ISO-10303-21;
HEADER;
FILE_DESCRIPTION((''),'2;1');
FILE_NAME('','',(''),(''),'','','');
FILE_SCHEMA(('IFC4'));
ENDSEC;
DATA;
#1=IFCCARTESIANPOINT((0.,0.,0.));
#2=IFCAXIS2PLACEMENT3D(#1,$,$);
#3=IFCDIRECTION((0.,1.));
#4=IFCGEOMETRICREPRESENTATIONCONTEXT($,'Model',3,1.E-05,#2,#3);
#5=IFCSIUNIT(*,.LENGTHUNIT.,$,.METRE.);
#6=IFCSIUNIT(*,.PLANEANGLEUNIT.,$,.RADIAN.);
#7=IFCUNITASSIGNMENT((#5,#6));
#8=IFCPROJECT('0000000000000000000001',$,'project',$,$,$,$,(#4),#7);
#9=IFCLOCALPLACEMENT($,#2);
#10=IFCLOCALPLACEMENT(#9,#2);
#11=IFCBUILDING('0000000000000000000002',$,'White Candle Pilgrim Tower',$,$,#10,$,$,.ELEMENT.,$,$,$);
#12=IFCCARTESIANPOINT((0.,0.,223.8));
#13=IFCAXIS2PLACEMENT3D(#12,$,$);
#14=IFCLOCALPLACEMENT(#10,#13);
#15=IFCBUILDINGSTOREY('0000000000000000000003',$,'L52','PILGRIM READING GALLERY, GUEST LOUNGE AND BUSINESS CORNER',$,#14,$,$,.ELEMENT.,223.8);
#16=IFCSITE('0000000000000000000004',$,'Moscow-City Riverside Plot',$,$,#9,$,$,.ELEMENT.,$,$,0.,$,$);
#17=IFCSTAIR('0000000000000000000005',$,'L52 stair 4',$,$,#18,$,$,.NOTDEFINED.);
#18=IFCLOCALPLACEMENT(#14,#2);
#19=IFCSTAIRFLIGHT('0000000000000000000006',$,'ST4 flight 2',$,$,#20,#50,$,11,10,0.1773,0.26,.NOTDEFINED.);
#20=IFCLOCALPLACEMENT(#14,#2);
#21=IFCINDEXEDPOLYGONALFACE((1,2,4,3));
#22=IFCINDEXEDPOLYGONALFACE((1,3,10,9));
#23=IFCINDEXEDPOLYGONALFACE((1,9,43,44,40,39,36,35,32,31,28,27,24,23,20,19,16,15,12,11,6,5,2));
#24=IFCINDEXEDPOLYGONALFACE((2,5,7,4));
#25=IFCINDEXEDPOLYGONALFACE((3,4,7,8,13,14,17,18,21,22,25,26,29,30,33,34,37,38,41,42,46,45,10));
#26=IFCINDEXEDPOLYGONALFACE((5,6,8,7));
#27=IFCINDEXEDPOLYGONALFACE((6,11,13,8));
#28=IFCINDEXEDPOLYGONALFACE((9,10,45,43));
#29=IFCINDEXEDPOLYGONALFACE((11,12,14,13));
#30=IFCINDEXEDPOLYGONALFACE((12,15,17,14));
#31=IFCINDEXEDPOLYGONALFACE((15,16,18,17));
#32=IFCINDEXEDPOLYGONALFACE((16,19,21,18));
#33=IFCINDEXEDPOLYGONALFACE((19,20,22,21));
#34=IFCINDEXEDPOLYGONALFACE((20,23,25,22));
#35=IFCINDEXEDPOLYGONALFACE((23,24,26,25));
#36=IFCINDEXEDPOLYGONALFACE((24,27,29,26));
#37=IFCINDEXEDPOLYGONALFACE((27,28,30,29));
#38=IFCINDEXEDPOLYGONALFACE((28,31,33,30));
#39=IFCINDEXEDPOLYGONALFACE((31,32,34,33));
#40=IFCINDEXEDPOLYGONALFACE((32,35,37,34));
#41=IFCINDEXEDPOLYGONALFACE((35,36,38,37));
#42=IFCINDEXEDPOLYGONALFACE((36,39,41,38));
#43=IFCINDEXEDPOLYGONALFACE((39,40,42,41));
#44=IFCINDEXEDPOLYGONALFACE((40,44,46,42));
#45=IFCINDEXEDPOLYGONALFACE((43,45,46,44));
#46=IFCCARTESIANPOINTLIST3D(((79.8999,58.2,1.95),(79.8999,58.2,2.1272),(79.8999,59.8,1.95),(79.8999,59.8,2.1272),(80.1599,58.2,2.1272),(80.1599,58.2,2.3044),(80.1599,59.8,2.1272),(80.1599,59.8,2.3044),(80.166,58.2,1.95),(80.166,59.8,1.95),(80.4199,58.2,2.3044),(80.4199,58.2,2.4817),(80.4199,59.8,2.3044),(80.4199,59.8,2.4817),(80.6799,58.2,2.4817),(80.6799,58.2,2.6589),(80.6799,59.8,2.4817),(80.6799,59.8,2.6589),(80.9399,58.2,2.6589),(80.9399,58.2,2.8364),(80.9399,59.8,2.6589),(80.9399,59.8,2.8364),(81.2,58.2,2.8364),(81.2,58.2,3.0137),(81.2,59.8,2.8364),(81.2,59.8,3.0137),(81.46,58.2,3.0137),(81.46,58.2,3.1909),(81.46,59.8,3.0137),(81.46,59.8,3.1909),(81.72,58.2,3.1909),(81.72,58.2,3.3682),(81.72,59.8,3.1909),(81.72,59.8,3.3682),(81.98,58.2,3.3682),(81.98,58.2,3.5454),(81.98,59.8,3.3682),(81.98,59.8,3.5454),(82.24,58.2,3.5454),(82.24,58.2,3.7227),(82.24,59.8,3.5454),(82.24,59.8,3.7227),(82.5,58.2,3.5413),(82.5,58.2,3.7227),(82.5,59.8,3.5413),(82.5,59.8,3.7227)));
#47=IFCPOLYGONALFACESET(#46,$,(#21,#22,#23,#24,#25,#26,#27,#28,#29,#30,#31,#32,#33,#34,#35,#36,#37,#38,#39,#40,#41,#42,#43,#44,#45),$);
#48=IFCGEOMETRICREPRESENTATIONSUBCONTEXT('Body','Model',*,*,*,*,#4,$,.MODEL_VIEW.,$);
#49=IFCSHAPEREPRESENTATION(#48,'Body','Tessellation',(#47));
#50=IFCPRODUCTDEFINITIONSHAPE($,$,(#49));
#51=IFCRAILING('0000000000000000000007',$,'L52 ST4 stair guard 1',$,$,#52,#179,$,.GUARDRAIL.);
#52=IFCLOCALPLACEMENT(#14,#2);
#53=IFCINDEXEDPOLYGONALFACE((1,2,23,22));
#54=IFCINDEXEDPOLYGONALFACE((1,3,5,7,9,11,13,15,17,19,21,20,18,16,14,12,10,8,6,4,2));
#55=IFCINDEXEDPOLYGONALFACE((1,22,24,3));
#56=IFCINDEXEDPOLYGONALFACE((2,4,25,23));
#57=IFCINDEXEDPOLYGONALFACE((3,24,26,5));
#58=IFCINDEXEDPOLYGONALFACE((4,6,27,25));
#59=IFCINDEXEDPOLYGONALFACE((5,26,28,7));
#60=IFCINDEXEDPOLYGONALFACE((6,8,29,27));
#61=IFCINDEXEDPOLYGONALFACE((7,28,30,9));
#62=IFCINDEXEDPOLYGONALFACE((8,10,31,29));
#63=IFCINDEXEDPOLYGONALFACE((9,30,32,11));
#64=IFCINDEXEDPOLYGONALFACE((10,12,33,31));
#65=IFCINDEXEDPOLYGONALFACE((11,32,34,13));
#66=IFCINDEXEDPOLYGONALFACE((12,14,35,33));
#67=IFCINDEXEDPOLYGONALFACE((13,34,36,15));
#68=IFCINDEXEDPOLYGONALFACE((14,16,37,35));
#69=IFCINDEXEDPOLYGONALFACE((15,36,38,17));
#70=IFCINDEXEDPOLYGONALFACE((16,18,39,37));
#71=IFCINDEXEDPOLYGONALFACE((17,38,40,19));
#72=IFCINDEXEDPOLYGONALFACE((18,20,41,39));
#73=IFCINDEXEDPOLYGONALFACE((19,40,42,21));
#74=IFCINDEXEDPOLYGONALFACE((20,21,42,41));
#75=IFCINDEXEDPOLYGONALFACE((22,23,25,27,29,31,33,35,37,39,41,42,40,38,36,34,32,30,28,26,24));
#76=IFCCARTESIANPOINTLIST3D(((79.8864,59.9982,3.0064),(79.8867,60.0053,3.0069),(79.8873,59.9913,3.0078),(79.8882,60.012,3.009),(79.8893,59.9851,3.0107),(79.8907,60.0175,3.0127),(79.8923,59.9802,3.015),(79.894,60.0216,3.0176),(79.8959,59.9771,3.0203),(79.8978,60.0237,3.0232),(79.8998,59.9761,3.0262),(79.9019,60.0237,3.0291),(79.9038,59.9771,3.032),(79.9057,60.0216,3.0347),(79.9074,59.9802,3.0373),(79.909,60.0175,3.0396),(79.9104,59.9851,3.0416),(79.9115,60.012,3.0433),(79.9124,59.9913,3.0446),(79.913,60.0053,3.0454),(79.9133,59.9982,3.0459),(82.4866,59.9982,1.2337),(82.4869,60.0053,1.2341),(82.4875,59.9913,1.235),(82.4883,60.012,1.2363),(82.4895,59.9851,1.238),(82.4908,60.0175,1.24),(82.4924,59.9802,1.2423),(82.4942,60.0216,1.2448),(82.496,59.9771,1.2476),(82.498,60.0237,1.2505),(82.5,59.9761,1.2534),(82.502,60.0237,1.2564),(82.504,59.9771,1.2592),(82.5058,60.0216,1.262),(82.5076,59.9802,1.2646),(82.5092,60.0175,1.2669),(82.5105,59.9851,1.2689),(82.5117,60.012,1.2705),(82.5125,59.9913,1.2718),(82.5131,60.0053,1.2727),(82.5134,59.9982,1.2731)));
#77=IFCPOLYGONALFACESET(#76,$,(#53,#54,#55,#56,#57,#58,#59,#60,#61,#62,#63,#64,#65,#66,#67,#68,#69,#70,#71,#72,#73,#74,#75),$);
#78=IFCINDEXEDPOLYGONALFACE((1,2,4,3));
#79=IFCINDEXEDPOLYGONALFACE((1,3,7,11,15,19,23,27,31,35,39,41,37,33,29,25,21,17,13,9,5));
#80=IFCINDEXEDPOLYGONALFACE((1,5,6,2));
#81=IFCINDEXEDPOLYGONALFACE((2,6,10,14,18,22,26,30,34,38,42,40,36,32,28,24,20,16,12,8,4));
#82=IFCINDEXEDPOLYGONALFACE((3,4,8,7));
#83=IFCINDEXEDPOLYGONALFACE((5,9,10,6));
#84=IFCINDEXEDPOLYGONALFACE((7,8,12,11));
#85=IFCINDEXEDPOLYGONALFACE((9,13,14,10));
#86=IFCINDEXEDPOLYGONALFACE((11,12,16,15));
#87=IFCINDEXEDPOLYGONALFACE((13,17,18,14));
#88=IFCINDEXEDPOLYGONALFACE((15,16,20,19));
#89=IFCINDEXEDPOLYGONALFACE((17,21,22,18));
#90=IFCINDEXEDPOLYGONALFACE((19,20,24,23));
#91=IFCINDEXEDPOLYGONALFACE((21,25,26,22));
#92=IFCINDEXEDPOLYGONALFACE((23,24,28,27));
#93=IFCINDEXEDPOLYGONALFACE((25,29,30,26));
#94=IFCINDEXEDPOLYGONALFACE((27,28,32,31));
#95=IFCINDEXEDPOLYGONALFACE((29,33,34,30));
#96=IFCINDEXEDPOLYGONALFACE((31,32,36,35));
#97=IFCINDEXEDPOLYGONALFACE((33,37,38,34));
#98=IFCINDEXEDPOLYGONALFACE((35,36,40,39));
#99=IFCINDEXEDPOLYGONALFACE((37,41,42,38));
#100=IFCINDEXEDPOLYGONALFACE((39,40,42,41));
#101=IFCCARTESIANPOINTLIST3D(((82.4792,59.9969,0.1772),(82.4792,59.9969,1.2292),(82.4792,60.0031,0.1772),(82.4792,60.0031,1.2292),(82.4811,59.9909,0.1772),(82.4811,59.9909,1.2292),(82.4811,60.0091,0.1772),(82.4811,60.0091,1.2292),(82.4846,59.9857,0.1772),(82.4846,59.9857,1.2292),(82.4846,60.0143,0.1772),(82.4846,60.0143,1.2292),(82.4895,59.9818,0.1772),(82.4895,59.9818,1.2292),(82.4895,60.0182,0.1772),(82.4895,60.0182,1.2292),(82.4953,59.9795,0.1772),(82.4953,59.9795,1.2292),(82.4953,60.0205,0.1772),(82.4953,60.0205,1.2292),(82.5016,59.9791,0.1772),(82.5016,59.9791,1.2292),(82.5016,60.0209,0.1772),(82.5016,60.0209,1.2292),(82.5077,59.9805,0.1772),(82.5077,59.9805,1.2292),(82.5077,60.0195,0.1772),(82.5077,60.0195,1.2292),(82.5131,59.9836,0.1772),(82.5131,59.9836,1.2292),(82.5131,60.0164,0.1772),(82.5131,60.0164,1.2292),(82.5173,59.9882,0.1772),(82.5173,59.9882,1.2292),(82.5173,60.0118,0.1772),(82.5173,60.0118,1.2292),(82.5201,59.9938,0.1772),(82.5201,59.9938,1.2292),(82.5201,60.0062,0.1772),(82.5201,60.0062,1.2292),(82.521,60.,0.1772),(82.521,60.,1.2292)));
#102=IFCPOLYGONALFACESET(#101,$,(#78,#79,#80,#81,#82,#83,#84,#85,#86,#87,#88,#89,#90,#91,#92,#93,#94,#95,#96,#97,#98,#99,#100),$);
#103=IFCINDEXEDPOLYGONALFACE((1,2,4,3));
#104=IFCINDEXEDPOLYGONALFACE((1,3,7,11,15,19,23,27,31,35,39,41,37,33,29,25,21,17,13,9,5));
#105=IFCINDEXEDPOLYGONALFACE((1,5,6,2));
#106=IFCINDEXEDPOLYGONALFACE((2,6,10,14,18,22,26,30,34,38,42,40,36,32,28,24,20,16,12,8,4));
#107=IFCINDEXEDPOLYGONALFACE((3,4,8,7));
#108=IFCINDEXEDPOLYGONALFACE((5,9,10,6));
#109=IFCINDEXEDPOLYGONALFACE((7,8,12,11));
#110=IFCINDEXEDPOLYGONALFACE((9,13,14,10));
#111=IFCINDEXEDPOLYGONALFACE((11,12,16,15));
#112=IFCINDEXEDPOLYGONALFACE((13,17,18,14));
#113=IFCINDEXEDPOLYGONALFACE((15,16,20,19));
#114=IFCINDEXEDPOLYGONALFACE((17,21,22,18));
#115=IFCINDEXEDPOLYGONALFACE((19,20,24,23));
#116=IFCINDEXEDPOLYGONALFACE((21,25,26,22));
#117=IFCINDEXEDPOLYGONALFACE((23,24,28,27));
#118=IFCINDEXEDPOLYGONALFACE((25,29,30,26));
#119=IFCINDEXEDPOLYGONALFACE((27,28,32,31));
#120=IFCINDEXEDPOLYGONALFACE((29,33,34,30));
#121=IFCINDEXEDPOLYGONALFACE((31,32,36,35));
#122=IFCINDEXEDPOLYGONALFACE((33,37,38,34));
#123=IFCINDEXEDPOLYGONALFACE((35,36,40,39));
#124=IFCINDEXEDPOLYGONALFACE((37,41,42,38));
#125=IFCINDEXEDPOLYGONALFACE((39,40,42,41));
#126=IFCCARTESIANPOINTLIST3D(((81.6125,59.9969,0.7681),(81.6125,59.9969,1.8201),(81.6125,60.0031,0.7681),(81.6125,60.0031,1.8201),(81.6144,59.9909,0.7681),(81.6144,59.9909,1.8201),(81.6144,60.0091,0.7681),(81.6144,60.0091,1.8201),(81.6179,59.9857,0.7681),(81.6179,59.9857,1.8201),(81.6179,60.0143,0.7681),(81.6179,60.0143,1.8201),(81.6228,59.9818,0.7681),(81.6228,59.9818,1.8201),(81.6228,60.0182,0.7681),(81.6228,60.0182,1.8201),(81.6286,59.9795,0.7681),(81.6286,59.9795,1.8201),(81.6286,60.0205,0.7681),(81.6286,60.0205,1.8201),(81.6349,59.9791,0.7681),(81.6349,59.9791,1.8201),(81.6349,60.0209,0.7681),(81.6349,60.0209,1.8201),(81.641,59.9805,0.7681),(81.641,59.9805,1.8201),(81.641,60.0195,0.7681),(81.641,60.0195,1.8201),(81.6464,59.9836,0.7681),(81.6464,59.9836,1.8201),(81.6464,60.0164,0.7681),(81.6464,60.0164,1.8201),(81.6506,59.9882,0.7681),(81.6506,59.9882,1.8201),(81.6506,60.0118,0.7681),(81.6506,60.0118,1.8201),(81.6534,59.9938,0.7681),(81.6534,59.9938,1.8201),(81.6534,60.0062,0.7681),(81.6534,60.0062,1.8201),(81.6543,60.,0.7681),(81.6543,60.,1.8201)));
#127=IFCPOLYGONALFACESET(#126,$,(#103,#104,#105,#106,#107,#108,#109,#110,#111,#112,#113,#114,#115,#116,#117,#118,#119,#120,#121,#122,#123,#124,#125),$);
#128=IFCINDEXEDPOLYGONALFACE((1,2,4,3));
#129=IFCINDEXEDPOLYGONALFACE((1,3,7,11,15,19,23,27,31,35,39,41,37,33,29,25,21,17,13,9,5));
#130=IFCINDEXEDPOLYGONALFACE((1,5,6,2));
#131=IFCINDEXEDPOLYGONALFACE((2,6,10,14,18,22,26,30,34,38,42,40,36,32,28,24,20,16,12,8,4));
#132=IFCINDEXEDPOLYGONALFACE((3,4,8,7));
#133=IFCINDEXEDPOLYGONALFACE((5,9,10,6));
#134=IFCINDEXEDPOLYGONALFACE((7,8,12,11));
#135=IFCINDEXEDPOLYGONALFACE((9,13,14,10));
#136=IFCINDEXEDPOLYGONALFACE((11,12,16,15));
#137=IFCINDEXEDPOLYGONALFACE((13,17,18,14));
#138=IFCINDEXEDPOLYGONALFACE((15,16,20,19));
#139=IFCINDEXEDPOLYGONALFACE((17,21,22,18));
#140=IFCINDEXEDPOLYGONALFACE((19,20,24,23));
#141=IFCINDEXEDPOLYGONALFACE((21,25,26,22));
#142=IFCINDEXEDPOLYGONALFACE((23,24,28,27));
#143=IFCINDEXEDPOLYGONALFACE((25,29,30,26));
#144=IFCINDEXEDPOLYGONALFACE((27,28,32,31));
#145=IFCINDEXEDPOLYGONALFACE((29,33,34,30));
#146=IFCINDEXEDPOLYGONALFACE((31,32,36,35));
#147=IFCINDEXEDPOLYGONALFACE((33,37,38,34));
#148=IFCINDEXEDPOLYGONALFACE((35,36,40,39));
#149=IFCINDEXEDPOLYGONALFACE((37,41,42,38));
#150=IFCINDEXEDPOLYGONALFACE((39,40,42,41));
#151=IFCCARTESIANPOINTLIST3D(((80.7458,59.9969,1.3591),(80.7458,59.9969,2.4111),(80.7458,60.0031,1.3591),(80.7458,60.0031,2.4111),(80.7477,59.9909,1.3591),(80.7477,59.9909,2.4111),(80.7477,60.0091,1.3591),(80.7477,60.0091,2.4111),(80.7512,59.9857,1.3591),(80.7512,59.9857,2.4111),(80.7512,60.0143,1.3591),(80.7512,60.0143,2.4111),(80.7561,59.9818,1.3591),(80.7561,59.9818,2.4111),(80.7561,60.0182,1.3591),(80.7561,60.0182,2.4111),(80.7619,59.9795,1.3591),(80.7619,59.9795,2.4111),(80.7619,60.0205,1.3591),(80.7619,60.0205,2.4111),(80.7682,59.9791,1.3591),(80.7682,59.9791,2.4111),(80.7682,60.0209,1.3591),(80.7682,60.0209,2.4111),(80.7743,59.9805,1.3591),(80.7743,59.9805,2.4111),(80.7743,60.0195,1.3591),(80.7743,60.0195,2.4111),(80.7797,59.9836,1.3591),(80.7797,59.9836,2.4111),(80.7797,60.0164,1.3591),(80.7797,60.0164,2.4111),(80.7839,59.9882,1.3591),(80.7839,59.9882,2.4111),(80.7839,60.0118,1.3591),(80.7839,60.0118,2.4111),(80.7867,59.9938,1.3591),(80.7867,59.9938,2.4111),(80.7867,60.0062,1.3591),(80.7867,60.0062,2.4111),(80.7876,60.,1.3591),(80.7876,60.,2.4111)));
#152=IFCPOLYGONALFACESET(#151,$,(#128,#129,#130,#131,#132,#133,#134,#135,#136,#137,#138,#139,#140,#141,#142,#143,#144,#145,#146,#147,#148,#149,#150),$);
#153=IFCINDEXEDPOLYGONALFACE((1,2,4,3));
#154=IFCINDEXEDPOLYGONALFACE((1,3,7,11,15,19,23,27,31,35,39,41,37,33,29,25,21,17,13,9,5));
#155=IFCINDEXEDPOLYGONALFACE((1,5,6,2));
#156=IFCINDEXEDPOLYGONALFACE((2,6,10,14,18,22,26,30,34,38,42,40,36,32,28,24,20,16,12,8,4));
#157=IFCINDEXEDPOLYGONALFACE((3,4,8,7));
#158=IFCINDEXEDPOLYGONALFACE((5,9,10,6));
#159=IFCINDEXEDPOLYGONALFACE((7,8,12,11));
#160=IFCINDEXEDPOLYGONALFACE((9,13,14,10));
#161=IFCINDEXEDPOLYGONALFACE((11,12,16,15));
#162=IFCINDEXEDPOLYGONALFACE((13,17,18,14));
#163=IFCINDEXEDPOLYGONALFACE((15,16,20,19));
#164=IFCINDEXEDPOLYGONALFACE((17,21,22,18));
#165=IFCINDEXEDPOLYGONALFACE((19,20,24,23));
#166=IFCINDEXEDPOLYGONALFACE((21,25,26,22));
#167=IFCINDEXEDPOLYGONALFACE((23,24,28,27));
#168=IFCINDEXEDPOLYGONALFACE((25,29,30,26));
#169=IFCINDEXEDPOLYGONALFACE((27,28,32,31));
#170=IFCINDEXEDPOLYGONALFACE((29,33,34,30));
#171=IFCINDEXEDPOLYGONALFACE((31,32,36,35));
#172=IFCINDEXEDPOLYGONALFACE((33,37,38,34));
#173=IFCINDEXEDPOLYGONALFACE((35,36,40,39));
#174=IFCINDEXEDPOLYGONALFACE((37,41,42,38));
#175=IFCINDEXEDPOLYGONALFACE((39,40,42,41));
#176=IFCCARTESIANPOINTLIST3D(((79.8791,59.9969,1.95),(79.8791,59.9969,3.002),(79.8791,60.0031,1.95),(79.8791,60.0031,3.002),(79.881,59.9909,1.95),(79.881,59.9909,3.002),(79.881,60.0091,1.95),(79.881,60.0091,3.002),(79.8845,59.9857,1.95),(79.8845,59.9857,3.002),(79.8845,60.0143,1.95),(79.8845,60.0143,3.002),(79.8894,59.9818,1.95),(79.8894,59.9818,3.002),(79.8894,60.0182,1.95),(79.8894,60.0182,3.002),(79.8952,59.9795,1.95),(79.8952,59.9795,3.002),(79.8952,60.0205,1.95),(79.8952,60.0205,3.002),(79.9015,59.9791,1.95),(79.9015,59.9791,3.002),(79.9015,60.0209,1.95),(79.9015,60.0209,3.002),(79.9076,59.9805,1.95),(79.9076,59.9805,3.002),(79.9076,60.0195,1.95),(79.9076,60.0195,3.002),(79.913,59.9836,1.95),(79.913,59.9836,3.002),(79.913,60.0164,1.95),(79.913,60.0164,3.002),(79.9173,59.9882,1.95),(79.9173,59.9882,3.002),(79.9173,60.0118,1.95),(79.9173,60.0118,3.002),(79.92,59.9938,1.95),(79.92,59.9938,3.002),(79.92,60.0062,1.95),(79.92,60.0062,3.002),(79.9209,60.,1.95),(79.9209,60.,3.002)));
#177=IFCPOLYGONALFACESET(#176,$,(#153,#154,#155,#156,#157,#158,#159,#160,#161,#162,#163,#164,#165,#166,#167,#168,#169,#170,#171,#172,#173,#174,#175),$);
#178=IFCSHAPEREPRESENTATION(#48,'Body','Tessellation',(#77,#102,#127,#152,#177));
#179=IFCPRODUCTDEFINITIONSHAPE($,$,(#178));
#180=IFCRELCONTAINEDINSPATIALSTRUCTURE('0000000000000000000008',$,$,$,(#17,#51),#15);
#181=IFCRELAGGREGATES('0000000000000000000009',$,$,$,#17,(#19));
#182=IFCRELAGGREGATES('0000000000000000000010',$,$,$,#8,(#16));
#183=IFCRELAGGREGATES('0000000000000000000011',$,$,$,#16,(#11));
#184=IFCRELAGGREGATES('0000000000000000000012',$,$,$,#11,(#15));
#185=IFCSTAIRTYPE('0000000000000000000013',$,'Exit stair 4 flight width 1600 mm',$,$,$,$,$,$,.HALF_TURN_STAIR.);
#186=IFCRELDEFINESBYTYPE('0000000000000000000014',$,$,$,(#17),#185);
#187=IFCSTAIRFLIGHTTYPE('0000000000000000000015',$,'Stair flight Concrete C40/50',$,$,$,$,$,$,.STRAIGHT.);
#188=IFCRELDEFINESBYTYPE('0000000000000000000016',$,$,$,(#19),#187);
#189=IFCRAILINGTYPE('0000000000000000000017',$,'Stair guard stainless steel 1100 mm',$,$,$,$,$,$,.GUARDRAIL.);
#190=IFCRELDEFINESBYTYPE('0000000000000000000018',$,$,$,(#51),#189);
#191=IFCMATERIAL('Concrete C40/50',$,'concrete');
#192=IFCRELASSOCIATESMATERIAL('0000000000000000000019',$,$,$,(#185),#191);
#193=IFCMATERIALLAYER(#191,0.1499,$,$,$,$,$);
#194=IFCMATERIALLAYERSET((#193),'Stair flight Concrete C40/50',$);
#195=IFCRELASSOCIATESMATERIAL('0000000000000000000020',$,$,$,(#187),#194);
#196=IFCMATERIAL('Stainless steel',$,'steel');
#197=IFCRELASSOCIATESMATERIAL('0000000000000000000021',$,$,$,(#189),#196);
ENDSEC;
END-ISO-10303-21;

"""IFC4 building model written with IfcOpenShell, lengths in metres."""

from ifc_helpers import new_model, si_unit, direction, frame, origin, origin_2d, place, context, subcontext, project, spatial, polyline, circle, outline, extrude, material, layer, layer_set, type_object, element, aggregate, save


model = new_model("IFC4")

# Units and contexts
model_context = context("Model", 3, precision=1e-05, world=origin(), true_north=direction((0.0, 1.0)))
body_context = subcontext(model_context, "Body", "Model", "MODEL_VIEW")
ifc_project = project(units=[si_unit("LENGTHUNIT", "METRE"), si_unit("PLANEANGLEUNIT", "RADIAN")], contexts=[model_context])

# Site, building, storey
site_placement = place(None, origin())
site = spatial("IfcSite", under=ifc_project, at=site_placement, Name="Moscow-City Riverside Plot", CompositionType="ELEMENT", RefElevation=0.0)
building_placement = place(site_placement, origin())
building = spatial("IfcBuilding", under=site, at=building_placement, Name="White Candle Pilgrim Tower", CompositionType="ELEMENT")
storey_placement = place(building_placement, frame((0.0, 0.0, 223.8)))
storey = spatial("IfcBuildingStorey", under=building, at=storey_placement, Name="L52", Description="PILGRIM READING GALLERY, GUEST LOUNGE AND BUSINESS CORNER", CompositionType="ELEMENT", Elevation=223.8)

# Stair, stair flight
ifc_material_1 = material(Name="Concrete C40/50", Category="concrete")
stair_type = type_object("IfcStairType", Name="Exit stair 4 flight width 1600 mm", PredefinedType="HALF_TURN_STAIR", material=ifc_material_1)
stair_placement = place(storey_placement, origin())
stair = element("IfcStair", 1, at=stair_placement, inside=storey, type_object=stair_type, Name="L52 stair 4", PredefinedType="NOTDEFINED")
ifc_layer_1 = layer(ifc_material_1, 0.1499)
ifc_layer_set_1 = layer_set([ifc_layer_1], Name="Stair flight Concrete C40/50")
stair_flight_type = type_object("IfcStairFlightType", Name="Stair flight Concrete C40/50", PredefinedType="STRAIGHT", material=ifc_layer_set_1)
stair_flight_placement = place(storey_placement, frame((79.8999, 59.0, 1.95), z_axis=(0.0, 0.0, 1.0), x_axis=(1.0, 0.0, 0.0)))
stair_flight = element("IfcStairFlight", 2, at=stair_flight_placement, type_object=stair_flight_type, Name="ST4 flight 2", NumberOfRisers=11, NumberOfTreads=10, PredefinedType="NOTDEFINED", RiserHeight=0.1773, TreadLength=0.26, context=body_context, shape_type="SweptSolid", body=[
    extrude(outline(polyline([(0.0, 0.0), (0.0, 0.1772), (0.26, 0.1772), (0.26, 0.3545), (0.52, 0.3545), (0.52, 0.5317), (0.78, 0.5317), (0.78, 0.709), (1.04, 0.709), (1.04, 0.8865), (1.3, 0.8865), (1.3, 1.0637), (1.5601, 1.0637), (1.5601, 1.241), (1.8201, 1.241), (1.8201, 1.4182), (2.0801, 1.4182), (2.0801, 1.5955), (2.3401, 1.5955), (2.3401, 1.7727), (2.6001, 1.7727), (2.6001, 1.95), (2.6001, 1.5913), (0.2661, 0.0), (0.0, 0.0)])), frame((0.0, 0.8, 0.0), z_axis=(0.0, -1.0, 0.0), x_axis=(1.0, 0.0, 0.0)), (0.0, 0.0, 1.0), 1.6001),
])
aggregate(stair, [stair_flight])

# Railing
ifc_material_2 = material(Name="Stainless steel", Category="steel")
railing_type_1 = type_object("IfcRailingType", Name="Stair guard stainless steel 1100 mm", PredefinedType="GUARDRAIL", material=ifc_material_2)
railing_1_placement = place(storey_placement, frame((82.5, 60.0, 0.1772)))
element("IfcRailing", 3, at=railing_1_placement, inside=storey, type_object=railing_type_1, Name="L52 ST4 stair guard 1", PredefinedType="GUARDRAIL", context=body_context, shape_type="SweptSolid", body=[
    extrude(circle(Radius=0.0239, at=origin_2d()), frame((0.0, 0.0, 1.0762), z_axis=(-0.82624, 0.0, 0.563318), x_axis=(0.0, -1.0, 0.0)), (0.0, 0.0, 1.0), 3.147),
    extrude(circle(Radius=0.021, at=origin_2d()), origin(), (0.0, 0.0, 1.0), 1.052),
    extrude(circle(Radius=0.021, at=origin_2d()), frame((-0.8667, 0.0, 0.5908)), (0.0, 0.0, 1.0), 1.052),
    extrude(circle(Radius=0.021, at=origin_2d()), frame((-1.7334, 0.0, 1.1819)), (0.0, 0.0, 1.0), 1.052),
    extrude(circle(Radius=0.021, at=origin_2d()), frame((-2.6001, 0.0, 1.7727)), (0.0, 0.0, 1.0), 1.052),
])

save(model, "model.ifc")
